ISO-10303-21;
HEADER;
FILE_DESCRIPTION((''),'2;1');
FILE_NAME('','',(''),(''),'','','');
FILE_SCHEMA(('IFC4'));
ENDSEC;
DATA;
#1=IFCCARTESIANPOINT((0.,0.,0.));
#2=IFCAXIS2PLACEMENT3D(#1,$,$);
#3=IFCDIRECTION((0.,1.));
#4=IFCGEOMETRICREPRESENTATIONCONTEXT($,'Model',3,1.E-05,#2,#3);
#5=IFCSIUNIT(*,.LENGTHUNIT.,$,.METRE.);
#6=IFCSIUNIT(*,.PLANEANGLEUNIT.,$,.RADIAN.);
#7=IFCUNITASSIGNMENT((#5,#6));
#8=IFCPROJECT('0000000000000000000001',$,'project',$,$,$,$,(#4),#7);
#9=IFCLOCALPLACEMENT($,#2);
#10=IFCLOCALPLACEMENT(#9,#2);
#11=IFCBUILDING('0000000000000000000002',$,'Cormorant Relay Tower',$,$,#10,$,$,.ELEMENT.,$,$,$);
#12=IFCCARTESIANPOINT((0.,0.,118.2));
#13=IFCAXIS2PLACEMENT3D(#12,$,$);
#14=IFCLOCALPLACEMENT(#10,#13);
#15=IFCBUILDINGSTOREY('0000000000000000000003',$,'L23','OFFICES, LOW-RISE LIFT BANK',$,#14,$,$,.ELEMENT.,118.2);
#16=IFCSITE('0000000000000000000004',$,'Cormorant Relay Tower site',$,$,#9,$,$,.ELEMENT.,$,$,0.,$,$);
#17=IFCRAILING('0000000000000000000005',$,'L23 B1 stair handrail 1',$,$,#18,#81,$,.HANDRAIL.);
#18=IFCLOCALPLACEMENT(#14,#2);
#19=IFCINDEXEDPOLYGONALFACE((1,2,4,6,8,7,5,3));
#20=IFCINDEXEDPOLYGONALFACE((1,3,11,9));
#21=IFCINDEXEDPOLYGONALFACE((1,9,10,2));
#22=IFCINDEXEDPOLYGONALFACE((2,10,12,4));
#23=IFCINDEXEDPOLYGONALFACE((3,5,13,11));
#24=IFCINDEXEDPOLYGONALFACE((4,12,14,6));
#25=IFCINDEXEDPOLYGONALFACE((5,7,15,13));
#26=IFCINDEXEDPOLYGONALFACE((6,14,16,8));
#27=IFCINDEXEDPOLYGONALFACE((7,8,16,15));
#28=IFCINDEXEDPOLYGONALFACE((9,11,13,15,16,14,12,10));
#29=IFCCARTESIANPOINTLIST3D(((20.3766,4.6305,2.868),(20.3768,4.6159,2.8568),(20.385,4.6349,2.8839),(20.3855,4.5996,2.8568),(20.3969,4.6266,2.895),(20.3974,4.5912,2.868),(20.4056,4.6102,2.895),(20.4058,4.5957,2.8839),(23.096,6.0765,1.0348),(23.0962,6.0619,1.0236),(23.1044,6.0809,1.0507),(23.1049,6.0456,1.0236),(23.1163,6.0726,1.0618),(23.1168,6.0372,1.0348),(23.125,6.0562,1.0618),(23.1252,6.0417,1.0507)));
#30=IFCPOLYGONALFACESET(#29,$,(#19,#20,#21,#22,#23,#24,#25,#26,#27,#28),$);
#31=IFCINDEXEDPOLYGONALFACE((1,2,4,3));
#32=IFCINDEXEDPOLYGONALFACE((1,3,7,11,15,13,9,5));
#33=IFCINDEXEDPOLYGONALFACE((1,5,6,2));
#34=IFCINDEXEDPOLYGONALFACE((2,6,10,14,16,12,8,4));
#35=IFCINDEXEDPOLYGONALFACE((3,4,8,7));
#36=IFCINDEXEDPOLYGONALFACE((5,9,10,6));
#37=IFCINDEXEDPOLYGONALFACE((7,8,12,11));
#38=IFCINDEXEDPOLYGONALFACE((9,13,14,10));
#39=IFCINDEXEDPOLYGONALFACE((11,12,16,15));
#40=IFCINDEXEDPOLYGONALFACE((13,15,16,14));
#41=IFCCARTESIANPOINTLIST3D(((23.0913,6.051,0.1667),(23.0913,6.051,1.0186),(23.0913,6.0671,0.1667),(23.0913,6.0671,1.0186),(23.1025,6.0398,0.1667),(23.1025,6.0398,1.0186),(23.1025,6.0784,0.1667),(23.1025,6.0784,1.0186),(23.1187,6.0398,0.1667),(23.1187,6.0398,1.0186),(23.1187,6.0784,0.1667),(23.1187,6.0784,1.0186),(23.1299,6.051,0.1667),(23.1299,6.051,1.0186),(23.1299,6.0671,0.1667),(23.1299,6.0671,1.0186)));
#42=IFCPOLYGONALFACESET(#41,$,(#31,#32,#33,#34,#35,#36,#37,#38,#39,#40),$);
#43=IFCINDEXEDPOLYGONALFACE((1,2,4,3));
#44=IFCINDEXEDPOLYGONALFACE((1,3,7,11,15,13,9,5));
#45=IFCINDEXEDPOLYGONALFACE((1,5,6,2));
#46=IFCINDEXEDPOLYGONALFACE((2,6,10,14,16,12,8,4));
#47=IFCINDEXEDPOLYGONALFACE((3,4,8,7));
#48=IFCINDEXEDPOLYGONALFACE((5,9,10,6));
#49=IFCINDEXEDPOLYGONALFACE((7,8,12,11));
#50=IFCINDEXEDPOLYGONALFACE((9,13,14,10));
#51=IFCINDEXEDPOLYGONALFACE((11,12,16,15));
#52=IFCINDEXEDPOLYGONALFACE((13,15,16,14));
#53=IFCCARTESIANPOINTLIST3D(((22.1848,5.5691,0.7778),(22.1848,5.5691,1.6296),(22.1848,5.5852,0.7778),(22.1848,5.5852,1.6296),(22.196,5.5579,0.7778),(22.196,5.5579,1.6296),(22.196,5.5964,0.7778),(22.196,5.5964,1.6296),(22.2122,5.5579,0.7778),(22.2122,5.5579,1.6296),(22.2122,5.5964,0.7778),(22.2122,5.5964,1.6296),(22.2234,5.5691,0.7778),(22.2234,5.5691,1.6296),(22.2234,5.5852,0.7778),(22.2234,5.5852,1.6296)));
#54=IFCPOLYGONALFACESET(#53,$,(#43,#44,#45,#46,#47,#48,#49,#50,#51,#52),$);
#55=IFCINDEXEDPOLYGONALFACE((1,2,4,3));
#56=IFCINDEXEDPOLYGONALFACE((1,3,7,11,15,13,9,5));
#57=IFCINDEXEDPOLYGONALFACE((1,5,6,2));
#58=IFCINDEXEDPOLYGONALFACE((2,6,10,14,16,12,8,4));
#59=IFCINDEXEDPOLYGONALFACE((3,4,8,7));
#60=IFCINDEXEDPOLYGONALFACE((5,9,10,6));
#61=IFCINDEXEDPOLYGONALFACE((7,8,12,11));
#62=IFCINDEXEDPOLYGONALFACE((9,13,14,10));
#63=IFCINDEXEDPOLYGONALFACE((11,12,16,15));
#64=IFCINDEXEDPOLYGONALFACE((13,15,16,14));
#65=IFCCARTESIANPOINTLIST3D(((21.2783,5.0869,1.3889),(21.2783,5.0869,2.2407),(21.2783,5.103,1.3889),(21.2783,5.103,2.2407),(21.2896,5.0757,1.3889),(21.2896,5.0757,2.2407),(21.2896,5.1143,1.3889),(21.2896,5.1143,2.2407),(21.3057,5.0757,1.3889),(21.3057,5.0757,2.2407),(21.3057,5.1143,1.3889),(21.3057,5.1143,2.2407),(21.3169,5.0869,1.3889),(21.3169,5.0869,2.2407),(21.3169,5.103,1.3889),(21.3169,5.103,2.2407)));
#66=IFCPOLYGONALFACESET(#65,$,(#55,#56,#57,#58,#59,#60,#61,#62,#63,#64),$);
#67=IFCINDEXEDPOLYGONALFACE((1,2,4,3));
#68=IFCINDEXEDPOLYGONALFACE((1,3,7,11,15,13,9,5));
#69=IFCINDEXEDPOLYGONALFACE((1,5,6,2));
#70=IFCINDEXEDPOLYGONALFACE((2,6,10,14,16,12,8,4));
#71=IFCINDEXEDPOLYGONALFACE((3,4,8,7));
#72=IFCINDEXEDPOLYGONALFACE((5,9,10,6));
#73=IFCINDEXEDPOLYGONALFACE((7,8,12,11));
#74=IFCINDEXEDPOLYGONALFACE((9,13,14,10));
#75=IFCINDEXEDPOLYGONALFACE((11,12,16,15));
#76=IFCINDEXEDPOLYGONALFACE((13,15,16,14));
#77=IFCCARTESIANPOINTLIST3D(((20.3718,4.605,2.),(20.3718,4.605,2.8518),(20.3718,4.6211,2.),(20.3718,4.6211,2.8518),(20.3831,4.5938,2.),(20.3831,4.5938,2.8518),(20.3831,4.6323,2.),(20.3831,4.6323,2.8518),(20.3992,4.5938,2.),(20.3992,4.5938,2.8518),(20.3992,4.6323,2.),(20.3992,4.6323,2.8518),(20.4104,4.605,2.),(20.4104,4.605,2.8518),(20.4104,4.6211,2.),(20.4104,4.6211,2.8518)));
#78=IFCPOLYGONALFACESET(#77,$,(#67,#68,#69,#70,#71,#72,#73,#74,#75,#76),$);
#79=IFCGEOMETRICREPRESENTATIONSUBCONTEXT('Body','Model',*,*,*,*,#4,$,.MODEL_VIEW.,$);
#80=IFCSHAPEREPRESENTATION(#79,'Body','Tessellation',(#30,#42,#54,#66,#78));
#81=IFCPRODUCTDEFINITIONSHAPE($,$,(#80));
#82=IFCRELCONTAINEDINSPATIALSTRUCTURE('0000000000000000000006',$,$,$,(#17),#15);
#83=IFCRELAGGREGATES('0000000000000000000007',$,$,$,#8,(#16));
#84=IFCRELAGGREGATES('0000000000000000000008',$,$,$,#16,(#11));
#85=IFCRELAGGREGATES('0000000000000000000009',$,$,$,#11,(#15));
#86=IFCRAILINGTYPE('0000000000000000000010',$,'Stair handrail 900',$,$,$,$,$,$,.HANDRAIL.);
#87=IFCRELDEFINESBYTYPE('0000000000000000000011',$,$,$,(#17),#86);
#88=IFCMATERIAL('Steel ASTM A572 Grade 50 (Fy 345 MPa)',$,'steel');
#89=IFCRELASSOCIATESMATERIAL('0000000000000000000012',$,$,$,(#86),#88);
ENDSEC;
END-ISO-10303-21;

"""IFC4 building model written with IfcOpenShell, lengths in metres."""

from ifc_helpers import new_model, si_unit, direction, frame, origin, place, context, subcontext, project, spatial, polyline, outline, extrude, material, type_object, element, save


model = new_model("IFC4")

# Units and contexts
model_context = context("Model", 3, precision=1e-05, world=origin(), true_north=direction((0.0, 1.0)))
body_context = subcontext(model_context, "Body", "Model", "MODEL_VIEW")
ifc_project = project(units=[si_unit("LENGTHUNIT", "METRE"), si_unit("PLANEANGLEUNIT", "RADIAN")], contexts=[model_context])

# Site, building, storey
site_placement = place(None, origin())
site = spatial("IfcSite", under=ifc_project, at=site_placement, Name="Cormorant Relay Tower site", CompositionType="ELEMENT", RefElevation=0.0)
building_placement = place(site_placement, origin())
building = spatial("IfcBuilding", under=site, at=building_placement, Name="Cormorant Relay Tower", CompositionType="ELEMENT")
storey_placement = place(building_placement, frame((0.0, 0.0, 118.2)))
storey = spatial("IfcBuildingStorey", under=building, at=storey_placement, Name="L23", Description="OFFICES, LOW-RISE LIFT BANK", CompositionType="ELEMENT", Elevation=118.2)

# Railing
ifc_material_1 = material(Name="Steel ASTM A572 Grade 50 (Fy 345 MPa)", Category="steel")
railing_type_1 = type_object("IfcRailingType", Name="Stair handrail 900", PredefinedType="HANDRAIL", material=ifc_material_1)
railing_1_placement = place(storey_placement, frame((23.1106, 6.0591, 0.1667)))
element("IfcRailing", 1, at=railing_1_placement, inside=storey, type_object=railing_type_1, Name="L23 B1 stair handrail 1", PredefinedType="HANDRAIL", context=body_context, shape_type="SweptSolid", body=[
    extrude(outline(polyline([(0.0222, 0.0093), (0.0093, 0.0222), (-0.0093, 0.0222), (-0.0222, 0.0093), (-0.0222, -0.0093), (-0.0093, -0.0222), (0.0093, -0.0222), (0.0222, -0.0093), (0.0222, 0.0093)])), frame((0.0, 0.0, 0.876), z_axis=(-0.758714, -0.403435, 0.511463), x_axis=(0.469489, -0.882938, 0.0)), (0.0, 0.0, 1.0), 3.5842),
    extrude(outline(polyline([(0.0193, 0.0081), (0.0081, 0.0193), (-0.0081, 0.0193), (-0.0193, 0.0081), (-0.0193, -0.0081), (-0.0081, -0.0193), (0.0081, -0.0193), (0.0193, -0.0081), (0.0193, 0.0081)])), origin(), (0.0, 0.0, 1.0), 0.8518),
    extrude(outline(polyline([(0.0193, 0.0081), (0.0081, 0.0193), (-0.0081, 0.0193), (-0.0193, 0.0081), (-0.0193, -0.0081), (-0.0081, -0.0193), (0.0081, -0.0193), (0.0193, -0.0081), (0.0193, 0.0081)])), frame((-0.9065, -0.4819, 0.6111)), (0.0, 0.0, 1.0), 0.8518),
    extrude(outline(polyline([(0.0193, 0.0081), (0.0081, 0.0193), (-0.0081, 0.0193), (-0.0193, 0.0081), (-0.0193, -0.0081), (-0.0081, -0.0193), (0.0081, -0.0193), (0.0193, -0.0081), (0.0193, 0.0081)])), frame((-1.813, -0.9641, 1.2222)), (0.0, 0.0, 1.0), 0.8518),
    extrude(outline(polyline([(0.0193, 0.0081), (0.0081, 0.0193), (-0.0081, 0.0193), (-0.0193, 0.0081), (-0.0193, -0.0081), (-0.0081, -0.0193), (0.0081, -0.0193), (0.0193, -0.0081), (0.0193, 0.0081)])), frame((-2.7195, -1.446, 1.8333)), (0.0, 0.0, 1.0), 0.8518),
])

save(model, "model.ifc")
